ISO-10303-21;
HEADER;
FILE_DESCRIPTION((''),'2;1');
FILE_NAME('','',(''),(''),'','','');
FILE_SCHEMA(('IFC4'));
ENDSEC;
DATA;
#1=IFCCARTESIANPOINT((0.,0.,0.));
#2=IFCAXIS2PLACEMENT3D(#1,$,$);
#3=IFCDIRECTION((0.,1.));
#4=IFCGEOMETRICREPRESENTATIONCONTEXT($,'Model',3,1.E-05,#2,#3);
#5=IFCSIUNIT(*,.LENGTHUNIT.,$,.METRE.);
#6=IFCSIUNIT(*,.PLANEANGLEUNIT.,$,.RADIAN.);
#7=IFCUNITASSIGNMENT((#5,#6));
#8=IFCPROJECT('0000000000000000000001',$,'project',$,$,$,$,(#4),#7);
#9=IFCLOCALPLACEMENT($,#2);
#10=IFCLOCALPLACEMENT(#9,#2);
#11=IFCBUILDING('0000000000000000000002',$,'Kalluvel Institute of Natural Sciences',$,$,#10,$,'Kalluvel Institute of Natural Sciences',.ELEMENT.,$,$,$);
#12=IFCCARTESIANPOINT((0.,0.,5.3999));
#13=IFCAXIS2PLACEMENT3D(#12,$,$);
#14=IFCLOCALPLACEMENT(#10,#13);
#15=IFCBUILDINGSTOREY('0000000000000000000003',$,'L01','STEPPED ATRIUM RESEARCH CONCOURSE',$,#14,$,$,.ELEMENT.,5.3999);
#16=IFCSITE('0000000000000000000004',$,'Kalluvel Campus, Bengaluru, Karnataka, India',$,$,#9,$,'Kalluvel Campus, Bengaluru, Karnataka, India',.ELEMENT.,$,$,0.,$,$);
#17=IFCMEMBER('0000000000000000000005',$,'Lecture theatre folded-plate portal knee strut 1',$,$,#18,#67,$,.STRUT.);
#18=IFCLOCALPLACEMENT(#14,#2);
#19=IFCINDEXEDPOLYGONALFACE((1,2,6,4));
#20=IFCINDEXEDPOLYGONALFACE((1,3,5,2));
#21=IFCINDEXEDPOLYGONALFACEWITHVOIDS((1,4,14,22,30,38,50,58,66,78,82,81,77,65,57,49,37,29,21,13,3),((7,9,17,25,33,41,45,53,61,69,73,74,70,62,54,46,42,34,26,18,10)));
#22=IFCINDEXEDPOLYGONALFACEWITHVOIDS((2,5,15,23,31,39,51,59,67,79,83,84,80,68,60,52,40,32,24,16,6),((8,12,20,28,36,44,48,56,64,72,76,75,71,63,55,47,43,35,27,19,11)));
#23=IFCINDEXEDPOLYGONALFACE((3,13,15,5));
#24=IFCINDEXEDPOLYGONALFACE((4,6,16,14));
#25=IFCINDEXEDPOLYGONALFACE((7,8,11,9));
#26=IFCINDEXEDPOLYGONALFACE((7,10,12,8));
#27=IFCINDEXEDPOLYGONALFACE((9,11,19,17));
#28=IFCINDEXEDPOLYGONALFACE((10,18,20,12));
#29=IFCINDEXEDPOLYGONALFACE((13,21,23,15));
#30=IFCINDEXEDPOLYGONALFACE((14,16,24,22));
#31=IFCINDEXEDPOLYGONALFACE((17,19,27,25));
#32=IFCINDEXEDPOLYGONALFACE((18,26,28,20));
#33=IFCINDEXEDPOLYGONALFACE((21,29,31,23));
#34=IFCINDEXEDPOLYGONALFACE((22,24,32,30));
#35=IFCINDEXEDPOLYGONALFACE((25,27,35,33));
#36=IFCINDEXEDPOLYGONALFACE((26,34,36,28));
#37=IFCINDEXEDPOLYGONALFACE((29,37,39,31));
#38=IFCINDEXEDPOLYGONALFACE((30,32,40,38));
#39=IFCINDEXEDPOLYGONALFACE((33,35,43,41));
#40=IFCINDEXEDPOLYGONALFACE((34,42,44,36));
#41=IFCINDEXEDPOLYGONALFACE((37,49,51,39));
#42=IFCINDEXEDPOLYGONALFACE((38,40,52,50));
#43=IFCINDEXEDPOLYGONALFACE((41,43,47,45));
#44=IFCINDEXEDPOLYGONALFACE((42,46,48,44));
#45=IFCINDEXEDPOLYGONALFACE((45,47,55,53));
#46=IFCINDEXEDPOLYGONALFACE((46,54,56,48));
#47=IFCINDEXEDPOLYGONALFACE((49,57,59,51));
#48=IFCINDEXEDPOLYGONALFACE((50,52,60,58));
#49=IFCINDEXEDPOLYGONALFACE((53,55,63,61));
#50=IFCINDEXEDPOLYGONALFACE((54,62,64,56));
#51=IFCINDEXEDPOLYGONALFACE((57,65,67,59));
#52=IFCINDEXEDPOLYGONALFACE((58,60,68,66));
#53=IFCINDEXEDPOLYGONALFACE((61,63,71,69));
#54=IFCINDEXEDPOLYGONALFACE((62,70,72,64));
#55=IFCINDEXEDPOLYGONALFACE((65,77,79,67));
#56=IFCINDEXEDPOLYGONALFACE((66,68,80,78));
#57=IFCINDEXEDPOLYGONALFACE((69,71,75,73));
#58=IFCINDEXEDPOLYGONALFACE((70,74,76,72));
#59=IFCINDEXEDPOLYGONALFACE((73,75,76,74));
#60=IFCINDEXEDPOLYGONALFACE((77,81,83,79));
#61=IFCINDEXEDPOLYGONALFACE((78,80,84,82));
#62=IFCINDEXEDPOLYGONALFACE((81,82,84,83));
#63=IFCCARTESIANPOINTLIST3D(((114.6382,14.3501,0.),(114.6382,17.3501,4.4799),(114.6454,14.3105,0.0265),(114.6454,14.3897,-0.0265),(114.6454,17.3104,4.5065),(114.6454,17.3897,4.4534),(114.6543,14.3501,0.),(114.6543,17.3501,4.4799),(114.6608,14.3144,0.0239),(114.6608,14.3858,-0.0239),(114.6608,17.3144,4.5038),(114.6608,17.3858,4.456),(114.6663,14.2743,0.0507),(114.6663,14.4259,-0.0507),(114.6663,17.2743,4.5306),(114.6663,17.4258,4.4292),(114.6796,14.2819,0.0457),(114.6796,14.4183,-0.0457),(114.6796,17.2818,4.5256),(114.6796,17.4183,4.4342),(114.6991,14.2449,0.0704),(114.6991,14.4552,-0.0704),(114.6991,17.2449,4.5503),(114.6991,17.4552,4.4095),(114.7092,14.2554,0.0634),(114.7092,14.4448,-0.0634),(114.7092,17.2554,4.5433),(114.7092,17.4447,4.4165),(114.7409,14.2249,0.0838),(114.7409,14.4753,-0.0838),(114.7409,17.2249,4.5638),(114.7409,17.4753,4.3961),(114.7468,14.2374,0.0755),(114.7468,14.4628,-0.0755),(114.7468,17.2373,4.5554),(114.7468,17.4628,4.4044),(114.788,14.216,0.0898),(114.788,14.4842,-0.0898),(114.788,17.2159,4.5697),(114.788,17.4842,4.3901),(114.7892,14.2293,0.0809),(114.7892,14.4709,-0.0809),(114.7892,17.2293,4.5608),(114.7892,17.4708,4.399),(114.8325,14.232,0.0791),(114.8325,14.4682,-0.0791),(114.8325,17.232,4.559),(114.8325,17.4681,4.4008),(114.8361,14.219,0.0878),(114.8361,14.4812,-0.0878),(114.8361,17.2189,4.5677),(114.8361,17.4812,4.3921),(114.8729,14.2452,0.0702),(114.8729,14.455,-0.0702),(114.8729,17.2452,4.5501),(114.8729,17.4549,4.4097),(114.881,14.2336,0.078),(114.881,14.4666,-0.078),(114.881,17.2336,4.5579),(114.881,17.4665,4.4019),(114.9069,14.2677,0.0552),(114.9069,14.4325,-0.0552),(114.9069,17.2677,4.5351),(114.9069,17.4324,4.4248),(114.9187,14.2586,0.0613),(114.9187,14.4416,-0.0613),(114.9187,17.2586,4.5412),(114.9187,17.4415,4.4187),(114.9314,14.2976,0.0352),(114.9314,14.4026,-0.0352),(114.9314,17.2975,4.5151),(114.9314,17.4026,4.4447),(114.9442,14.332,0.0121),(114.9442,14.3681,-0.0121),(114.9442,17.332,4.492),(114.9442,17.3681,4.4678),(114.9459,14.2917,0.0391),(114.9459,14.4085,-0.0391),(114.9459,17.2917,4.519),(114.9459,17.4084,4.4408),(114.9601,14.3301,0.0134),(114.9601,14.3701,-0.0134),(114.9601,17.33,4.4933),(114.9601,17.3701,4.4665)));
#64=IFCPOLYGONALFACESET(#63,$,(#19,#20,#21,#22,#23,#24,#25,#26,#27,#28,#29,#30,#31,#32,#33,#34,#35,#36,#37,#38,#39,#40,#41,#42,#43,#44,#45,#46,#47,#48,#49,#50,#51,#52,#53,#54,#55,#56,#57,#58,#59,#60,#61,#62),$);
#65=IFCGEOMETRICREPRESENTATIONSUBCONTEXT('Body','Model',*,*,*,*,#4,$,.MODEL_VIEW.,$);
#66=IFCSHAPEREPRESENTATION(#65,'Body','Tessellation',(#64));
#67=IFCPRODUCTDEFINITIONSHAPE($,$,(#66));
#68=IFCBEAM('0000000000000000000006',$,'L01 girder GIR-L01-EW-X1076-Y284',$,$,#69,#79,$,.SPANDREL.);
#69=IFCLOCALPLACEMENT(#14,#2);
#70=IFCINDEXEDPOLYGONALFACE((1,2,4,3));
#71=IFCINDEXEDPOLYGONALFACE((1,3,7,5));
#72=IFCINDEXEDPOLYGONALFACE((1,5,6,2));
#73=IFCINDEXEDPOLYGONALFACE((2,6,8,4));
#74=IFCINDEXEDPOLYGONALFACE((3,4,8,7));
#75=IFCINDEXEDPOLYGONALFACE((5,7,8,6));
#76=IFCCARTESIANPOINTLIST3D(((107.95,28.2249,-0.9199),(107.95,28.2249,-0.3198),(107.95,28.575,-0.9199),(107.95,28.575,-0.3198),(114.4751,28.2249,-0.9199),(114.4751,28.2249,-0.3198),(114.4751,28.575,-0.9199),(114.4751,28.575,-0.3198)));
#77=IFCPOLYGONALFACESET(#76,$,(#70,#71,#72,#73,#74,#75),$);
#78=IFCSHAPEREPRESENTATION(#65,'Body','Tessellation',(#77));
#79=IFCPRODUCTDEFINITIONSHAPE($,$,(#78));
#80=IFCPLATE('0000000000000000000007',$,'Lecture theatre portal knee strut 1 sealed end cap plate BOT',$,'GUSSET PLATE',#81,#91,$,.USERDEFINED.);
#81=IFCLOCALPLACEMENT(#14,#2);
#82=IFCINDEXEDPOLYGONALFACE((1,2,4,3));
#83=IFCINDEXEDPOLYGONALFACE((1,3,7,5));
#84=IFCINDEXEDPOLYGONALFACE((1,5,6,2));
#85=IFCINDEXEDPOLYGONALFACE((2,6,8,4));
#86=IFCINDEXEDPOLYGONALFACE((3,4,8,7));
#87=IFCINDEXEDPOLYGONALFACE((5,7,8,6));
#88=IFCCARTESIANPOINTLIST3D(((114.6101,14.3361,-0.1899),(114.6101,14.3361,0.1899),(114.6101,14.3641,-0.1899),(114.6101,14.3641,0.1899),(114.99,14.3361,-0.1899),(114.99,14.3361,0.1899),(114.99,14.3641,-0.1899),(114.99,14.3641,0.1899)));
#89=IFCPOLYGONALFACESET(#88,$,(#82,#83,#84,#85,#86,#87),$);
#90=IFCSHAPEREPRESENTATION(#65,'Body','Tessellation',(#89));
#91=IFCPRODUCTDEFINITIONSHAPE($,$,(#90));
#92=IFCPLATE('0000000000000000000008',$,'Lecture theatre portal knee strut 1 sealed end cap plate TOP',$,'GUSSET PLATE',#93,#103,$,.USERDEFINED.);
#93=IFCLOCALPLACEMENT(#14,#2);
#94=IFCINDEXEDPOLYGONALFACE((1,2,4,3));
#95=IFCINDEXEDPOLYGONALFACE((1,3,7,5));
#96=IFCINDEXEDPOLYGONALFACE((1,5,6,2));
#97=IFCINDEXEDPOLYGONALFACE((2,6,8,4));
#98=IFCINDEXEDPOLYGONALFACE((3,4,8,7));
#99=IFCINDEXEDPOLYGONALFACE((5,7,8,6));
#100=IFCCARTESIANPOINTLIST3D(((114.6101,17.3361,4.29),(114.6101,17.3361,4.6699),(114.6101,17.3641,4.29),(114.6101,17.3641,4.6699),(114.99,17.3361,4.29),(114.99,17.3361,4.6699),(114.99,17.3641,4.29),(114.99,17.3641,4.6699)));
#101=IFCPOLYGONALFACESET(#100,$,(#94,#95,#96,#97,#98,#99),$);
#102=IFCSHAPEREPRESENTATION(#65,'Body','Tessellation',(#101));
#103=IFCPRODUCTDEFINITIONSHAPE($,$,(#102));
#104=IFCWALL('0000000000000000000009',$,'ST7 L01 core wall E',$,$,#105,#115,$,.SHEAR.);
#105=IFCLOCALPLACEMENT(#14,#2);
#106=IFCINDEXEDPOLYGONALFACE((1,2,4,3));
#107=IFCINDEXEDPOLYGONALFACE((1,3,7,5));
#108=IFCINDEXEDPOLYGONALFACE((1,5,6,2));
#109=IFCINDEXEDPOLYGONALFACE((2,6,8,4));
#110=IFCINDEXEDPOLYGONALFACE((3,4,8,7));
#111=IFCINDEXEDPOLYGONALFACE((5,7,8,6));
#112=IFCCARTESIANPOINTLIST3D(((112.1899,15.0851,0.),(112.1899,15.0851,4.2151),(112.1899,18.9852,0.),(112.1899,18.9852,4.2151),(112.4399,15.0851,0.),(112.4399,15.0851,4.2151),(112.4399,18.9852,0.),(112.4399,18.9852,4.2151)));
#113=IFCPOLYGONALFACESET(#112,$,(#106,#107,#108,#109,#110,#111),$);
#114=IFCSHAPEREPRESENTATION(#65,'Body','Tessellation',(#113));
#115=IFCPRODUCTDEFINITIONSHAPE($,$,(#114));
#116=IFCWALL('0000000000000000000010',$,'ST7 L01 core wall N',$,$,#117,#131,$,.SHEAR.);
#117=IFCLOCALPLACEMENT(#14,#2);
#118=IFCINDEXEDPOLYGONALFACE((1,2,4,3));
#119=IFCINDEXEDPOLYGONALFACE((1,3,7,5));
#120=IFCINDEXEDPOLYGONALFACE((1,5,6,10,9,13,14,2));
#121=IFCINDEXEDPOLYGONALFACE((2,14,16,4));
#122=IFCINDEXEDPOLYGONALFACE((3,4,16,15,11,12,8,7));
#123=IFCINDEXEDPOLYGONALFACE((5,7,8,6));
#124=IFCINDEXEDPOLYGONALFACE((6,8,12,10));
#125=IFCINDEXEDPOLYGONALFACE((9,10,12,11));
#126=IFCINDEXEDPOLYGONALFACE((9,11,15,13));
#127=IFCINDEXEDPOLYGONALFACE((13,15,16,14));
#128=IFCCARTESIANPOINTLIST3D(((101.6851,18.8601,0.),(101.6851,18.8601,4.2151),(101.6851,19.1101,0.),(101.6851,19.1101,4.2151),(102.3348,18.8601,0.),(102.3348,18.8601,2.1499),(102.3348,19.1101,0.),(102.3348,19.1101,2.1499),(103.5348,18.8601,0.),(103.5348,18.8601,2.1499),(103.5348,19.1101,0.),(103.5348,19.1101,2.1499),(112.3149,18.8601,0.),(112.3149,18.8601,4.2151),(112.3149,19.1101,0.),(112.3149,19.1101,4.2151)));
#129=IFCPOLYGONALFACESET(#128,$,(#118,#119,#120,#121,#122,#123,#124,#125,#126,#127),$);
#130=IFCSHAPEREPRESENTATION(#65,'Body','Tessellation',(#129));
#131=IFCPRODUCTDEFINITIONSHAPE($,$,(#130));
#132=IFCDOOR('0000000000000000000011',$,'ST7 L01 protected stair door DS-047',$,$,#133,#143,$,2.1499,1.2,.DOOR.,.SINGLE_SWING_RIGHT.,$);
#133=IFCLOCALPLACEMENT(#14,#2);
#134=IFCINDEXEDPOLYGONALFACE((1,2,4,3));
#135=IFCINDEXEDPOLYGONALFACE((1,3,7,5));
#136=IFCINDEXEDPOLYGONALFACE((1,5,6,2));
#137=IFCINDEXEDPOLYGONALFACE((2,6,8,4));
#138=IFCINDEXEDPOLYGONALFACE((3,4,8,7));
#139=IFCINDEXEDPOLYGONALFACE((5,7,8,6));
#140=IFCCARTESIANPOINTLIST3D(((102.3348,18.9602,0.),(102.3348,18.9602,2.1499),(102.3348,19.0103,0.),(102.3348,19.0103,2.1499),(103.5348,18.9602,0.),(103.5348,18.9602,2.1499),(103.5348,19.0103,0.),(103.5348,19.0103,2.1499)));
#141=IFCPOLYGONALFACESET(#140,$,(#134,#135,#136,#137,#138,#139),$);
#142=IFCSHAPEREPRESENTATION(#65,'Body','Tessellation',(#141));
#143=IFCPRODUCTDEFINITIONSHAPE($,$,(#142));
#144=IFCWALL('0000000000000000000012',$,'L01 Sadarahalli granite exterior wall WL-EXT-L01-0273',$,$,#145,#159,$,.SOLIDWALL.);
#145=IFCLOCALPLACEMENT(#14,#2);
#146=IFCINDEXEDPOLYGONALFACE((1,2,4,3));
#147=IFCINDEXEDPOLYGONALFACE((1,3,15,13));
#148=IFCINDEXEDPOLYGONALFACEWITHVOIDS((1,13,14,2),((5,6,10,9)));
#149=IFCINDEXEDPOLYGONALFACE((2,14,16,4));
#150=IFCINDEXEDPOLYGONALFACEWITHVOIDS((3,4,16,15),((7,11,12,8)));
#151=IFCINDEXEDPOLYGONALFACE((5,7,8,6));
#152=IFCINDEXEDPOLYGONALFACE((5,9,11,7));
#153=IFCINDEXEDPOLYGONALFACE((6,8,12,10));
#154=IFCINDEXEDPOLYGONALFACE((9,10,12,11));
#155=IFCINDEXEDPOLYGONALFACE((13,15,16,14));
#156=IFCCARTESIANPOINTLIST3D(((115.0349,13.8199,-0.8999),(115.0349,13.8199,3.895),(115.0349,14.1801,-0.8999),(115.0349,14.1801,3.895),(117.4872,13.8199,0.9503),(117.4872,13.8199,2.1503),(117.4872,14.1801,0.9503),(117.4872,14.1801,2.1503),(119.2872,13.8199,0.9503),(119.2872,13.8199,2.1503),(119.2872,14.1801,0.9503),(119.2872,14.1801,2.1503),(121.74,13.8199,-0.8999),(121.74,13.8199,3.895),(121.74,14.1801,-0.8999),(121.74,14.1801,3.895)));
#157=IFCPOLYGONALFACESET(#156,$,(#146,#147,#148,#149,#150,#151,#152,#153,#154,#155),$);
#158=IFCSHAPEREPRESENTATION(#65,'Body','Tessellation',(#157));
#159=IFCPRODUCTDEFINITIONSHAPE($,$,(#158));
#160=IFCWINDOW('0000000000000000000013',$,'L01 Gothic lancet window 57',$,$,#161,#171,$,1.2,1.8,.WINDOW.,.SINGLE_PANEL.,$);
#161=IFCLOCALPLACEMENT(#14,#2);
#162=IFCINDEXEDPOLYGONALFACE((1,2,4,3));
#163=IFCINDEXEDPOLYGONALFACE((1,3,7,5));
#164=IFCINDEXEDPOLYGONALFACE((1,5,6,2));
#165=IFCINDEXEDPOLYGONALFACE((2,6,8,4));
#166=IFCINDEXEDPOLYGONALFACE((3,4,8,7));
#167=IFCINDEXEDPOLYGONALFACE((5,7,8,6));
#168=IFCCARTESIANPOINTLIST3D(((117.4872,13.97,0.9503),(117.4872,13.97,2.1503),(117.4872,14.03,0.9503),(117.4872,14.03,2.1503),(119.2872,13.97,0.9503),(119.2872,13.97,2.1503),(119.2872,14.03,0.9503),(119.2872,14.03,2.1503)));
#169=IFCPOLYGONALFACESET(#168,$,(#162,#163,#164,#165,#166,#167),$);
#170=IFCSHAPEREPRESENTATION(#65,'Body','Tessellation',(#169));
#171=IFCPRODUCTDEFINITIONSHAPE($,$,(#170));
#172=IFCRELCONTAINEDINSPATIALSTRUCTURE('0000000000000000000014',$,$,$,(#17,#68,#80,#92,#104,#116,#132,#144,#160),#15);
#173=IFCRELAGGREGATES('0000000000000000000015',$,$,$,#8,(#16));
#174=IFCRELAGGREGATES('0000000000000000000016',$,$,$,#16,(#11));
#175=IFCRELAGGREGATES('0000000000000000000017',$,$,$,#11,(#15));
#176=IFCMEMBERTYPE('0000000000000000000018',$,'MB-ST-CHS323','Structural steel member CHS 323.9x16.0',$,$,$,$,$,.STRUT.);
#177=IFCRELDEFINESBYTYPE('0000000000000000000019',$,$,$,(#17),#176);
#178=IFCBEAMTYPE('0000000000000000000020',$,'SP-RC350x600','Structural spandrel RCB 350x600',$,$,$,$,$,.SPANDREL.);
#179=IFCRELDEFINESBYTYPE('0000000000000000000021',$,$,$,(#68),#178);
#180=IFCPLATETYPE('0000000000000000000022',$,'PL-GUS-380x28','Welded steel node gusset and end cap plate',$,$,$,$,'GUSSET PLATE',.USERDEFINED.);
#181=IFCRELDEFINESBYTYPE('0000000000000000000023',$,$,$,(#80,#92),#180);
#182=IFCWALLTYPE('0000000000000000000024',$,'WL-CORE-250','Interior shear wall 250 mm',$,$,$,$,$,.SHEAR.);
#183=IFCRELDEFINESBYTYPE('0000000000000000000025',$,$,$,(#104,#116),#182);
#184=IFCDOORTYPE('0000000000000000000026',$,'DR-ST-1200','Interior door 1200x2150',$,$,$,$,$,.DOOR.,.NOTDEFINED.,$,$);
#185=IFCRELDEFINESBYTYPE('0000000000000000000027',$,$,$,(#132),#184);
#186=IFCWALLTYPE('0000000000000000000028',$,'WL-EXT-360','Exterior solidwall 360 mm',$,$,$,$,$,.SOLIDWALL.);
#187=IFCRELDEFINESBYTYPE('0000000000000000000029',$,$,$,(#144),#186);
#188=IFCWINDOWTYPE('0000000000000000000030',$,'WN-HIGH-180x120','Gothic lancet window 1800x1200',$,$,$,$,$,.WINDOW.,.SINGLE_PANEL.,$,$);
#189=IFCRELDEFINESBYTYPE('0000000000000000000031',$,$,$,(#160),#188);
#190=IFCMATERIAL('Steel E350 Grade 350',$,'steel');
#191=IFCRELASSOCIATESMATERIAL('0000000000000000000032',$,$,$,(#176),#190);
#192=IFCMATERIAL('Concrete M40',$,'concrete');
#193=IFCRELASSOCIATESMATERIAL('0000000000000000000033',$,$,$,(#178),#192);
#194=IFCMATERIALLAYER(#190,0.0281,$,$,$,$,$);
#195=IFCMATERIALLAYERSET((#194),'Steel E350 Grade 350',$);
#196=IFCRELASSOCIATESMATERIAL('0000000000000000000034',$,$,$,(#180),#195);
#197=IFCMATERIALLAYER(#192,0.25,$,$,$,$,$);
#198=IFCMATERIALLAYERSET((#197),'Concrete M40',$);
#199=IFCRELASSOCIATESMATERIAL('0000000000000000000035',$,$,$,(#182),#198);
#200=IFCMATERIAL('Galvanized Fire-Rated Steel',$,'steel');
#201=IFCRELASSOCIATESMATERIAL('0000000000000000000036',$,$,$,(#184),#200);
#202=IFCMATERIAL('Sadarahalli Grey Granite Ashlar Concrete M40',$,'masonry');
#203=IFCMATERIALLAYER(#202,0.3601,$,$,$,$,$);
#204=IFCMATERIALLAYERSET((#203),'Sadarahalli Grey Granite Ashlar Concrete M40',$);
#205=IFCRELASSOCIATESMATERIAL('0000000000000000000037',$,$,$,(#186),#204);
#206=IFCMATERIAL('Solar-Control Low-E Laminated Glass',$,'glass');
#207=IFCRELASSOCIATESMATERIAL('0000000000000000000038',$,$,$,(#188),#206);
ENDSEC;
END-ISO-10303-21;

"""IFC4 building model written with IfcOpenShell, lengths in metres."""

from ifc_helpers import new_model, si_unit, direction, frame, frame_2d, origin, origin_2d, place, context, subcontext, project, spatial, rectangle, hollow_circle, extrude, material, layer, layer_set, material_profile, profile_set, type_object, element, fill, save


model = new_model("IFC4")

# Units and contexts
model_context = context("Model", 3, precision=1e-05, world=origin(), true_north=direction((0.0, 1.0)))
body_context = subcontext(model_context, "Body", "Model", "MODEL_VIEW")
ifc_project = project(units=[si_unit("LENGTHUNIT", "METRE"), si_unit("PLANEANGLEUNIT", "RADIAN")], contexts=[model_context])

# Site, building, storey
site_placement = place(None, origin())
site = spatial("IfcSite", under=ifc_project, at=site_placement, Name="Kalluvel Campus, Bengaluru, Karnataka, India", LongName="Kalluvel Campus, Bengaluru, Karnataka, India", CompositionType="ELEMENT", RefElevation=0.0)
building_placement = place(site_placement, origin())
building = spatial("IfcBuilding", under=site, at=building_placement, Name="Kalluvel Institute of Natural Sciences", LongName="Kalluvel Institute of Natural Sciences", CompositionType="ELEMENT")
storey_placement = place(building_placement, frame((0.0, 0.0, 5.3999)))
storey = spatial("IfcBuildingStorey", under=building, at=storey_placement, Name="L01", Description="STEPPED ATRIUM RESEARCH CONCOURSE", CompositionType="ELEMENT", Elevation=5.3999)

# Shared definitions
ifc_material_1 = material(Name="Concrete M40", Category="concrete")

# Shared definitions
ifc_material_2 = material(Name="Steel E350 Grade 350", Category="steel")

# Member
ifc_material_profile_1 = material_profile(ifc_material_2, hollow_circle(Radius=0.1619, WallThickness=0.0161, at=origin_2d()), Name="CHS 323.9x16.0")
ifc_profile_set_1 = profile_set([ifc_material_profile_1], Name="Steel E350 Grade 350")
member_type = type_object("IfcMemberType", Name="MB-ST-CHS323", Description="Structural steel member CHS 323.9x16.0", PredefinedType="STRUT", material=ifc_profile_set_1)
member_placement = place(storey_placement, frame((114.8, 14.3501, 0.0), z_axis=(0.0, 0.556413, 0.830906), x_axis=(-1.0, 0.0, 0.0)))
element("IfcMember", 1, at=member_placement, inside=storey, type_object=member_type, Name="Lecture theatre folded-plate portal knee strut 1", PredefinedType="STRUT", context=body_context, shape_type="SweptSolid", body=[
    extrude(hollow_circle(Radius=0.1619, WallThickness=0.0161, at=origin_2d()), origin(), (0.0, 0.0, 1.0), 5.3916),
])

# Beam
ifc_material_profile_2 = material_profile(ifc_material_1, rectangle(XDim=0.3501, YDim=0.6001, at=origin_2d()), Name="RCB 350x600")
ifc_profile_set_2 = profile_set([ifc_material_profile_2], Name="Concrete M40")
beam_type_1 = type_object("IfcBeamType", Name="SP-RC350x600", Description="Structural spandrel RCB 350x600", PredefinedType="SPANDREL", material=ifc_profile_set_2)
beam_1_placement = place(storey_placement, frame((107.95, 28.3999, -0.6199), z_axis=(1.0, 0.0, 0.0), x_axis=(0.0, 1.0, 0.0)))
element("IfcBeam", 2, at=beam_1_placement, inside=storey, type_object=beam_type_1, Name="L01 girder GIR-L01-EW-X1076-Y284", PredefinedType="SPANDREL", context=body_context, shape_type="SweptSolid", body=[
    extrude(rectangle(XDim=0.3501, YDim=0.6001, at=origin_2d()), origin(), (0.0, 0.0, 1.0), 6.5251),
])

# Plates
ifc_layer_1 = layer(ifc_material_2, 0.0281)
ifc_layer_set_1 = layer_set([ifc_layer_1], Name="Steel E350 Grade 350")
plate_type = type_object("IfcPlateType", Name="PL-GUS-380x28", Description="Welded steel node gusset and end cap plate", ElementType="GUSSET PLATE", PredefinedType="USERDEFINED", material=ifc_layer_set_1)
for number, where, z_axis, x_axis, name in (
    (3, (114.8, 14.3501, -0.1899), (0.0, 0.0, 1.0), (1.0, 0.0, 0.0), "Lecture theatre portal knee strut 1 sealed end cap plate BOT"),
    (4, (114.8, 17.3501, 4.29), (0.0, 0.0, 1.0), (1.0, 0.0, 0.0), "Lecture theatre portal knee strut 1 sealed end cap plate TOP"),
):
    element("IfcPlate", number, at=place(storey_placement, frame(where, z_axis=z_axis, x_axis=x_axis)), inside=storey, type_object=plate_type, Name=name, ObjectType="GUSSET PLATE", PredefinedType="USERDEFINED", context=body_context, shape_type="SweptSolid", body=[
        extrude(rectangle(XDim=0.3799, YDim=0.0281, at=origin_2d()), origin(), (0.0, 0.0, 1.0), 0.3799),
    ])

# Wall
ifc_layer_2 = layer(ifc_material_1, 0.25)
ifc_layer_set_2 = layer_set([ifc_layer_2], Name="Concrete M40")
wall_type_1 = type_object("IfcWallType", Name="WL-CORE-250", Description="Interior shear wall 250 mm", PredefinedType="SHEAR", material=ifc_layer_set_2)
wall_1_placement = place(storey_placement, frame((112.3149, 15.085, 0.0), z_axis=(0.0, 0.0, 1.0), x_axis=(0.0, 1.0, 0.0)))
element("IfcWall", 5, at=wall_1_placement, inside=storey, type_object=wall_type_1, Name="ST7 L01 core wall E", PredefinedType="SHEAR", context=body_context, shape_type="SweptSolid", body=[
    extrude(rectangle(XDim=3.9001, YDim=0.25, at=frame_2d((1.9502, 0.0))), origin(), (0.0, 0.0, 1.0), 4.2151),
])

# Wall, opening, door
wall_2_placement = place(storey_placement, frame((112.3149, 18.9851, 0.0), z_axis=(0.0, 0.0, 1.0), x_axis=(-1.0, 0.0, 0.0)))
wall_2 = element("IfcWall", 6, at=wall_2_placement, inside=storey, type_object=wall_type_1, Name="ST7 L01 core wall N", PredefinedType="SHEAR", context=body_context, shape_type="SweptSolid", body=[
    extrude(rectangle(XDim=10.6299, YDim=0.25, at=frame_2d((5.3149, 0.0))), origin(), (0.0, 0.0, 1.0), 4.2151),
])
opening_1_placement = place(wall_2_placement, frame((8.78, 0.0, 0.0)))
opening_1 = element("IfcOpeningElement", 7, at=opening_1_placement, cuts=wall_2, PredefinedType="OPENING", context=body_context, shape_type="SweptSolid", body=[
    extrude(rectangle(XDim=1.2, YDim=2.1499, at=frame_2d((0.6001, 1.075))), frame((0.0, 0.135, 0.0), z_axis=(0.0, -1.0, 0.0), x_axis=(1.0, 0.0, 0.0)), (0.0, 0.0, 1.0), 0.27),
])
ifc_material_3 = material(Name="Galvanized Fire-Rated Steel", Category="steel")
door_type = type_object("IfcDoorType", Name="DR-ST-1200", Description="Interior door 1200x2150", OperationType="NOTDEFINED", PredefinedType="DOOR", material=ifc_material_3)
door_placement = place(opening_1_placement, origin())
door = element("IfcDoor", 8, at=door_placement, inside=storey, type_object=door_type, Name="ST7 L01 protected stair door DS-047", OperationType="SINGLE_SWING_RIGHT", OverallHeight=2.1499, OverallWidth=1.2, PredefinedType="DOOR", context=body_context, shape_type="SweptSolid", body=[
    extrude(rectangle(XDim=1.2, YDim=2.1499, at=frame_2d((0.6001, 1.075))), frame((0.0, 0.0249, 0.0), z_axis=(0.0, -1.0, 0.0), x_axis=(1.0, 0.0, 0.0)), (0.0, 0.0, 1.0), 0.05),
])
fill(opening_1, door)

# Wall, opening, window
ifc_material_4 = material(Name="Sadarahalli Grey Granite Ashlar Concrete M40", Category="masonry")
ifc_layer_3 = layer(ifc_material_4, 0.3601)
ifc_layer_set_3 = layer_set([ifc_layer_3], Name="Sadarahalli Grey Granite Ashlar Concrete M40")
wall_type_2 = type_object("IfcWallType", Name="WL-EXT-360", Description="Exterior solidwall 360 mm", PredefinedType="SOLIDWALL", material=ifc_layer_set_3)
wall_3_placement = place(storey_placement, frame((115.0349, 14.0, -0.8999), z_axis=(0.0, 0.0, 1.0), x_axis=(1.0, 0.0, 0.0)))
wall_3 = element("IfcWall", 9, at=wall_3_placement, inside=storey, type_object=wall_type_2, Name="L01 Sadarahalli granite exterior wall WL-EXT-L01-0273", PredefinedType="SOLIDWALL", context=body_context, shape_type="SweptSolid", body=[
    extrude(rectangle(XDim=6.7051, YDim=0.3601, at=frame_2d((3.3525, 0.0))), origin(), (0.0, 0.0, 1.0), 4.7949),
])
opening_2_placement = place(wall_3_placement, frame((2.4524, 0.0, 1.8501)))
opening_2 = element("IfcOpeningElement", 10, at=opening_2_placement, cuts=wall_3, PredefinedType="OPENING", context=body_context, shape_type="SweptSolid", body=[
    extrude(rectangle(XDim=1.8, YDim=1.2, at=frame_2d((0.8999, 0.6001))), frame((0.0, 0.1899, 0.0), z_axis=(0.0, -1.0, 0.0), x_axis=(1.0, 0.0, 0.0)), (0.0, 0.0, 1.0), 0.3801),
])
ifc_material_5 = material(Name="Solar-Control Low-E Laminated Glass", Category="glass")
window_type = type_object("IfcWindowType", Name="WN-HIGH-180x120", Description="Gothic lancet window 1800x1200", PartitioningType="SINGLE_PANEL", PredefinedType="WINDOW", material=ifc_material_5)
window_placement = place(opening_2_placement, origin())
window = element("IfcWindow", 11, at=window_placement, inside=storey, type_object=window_type, Name="L01 Gothic lancet window 57", OverallHeight=1.2, OverallWidth=1.8, PartitioningType="SINGLE_PANEL", PredefinedType="WINDOW", context=body_context, shape_type="SweptSolid", body=[
    extrude(rectangle(XDim=1.8, YDim=1.2, at=frame_2d((0.8999, 0.6001))), frame((0.0, 0.03, 0.0), z_axis=(0.0, -1.0, 0.0), x_axis=(1.0, 0.0, 0.0)), (0.0, 0.0, 1.0), 0.0601),
])
fill(opening_2, window)

save(model, "model.ifc")
